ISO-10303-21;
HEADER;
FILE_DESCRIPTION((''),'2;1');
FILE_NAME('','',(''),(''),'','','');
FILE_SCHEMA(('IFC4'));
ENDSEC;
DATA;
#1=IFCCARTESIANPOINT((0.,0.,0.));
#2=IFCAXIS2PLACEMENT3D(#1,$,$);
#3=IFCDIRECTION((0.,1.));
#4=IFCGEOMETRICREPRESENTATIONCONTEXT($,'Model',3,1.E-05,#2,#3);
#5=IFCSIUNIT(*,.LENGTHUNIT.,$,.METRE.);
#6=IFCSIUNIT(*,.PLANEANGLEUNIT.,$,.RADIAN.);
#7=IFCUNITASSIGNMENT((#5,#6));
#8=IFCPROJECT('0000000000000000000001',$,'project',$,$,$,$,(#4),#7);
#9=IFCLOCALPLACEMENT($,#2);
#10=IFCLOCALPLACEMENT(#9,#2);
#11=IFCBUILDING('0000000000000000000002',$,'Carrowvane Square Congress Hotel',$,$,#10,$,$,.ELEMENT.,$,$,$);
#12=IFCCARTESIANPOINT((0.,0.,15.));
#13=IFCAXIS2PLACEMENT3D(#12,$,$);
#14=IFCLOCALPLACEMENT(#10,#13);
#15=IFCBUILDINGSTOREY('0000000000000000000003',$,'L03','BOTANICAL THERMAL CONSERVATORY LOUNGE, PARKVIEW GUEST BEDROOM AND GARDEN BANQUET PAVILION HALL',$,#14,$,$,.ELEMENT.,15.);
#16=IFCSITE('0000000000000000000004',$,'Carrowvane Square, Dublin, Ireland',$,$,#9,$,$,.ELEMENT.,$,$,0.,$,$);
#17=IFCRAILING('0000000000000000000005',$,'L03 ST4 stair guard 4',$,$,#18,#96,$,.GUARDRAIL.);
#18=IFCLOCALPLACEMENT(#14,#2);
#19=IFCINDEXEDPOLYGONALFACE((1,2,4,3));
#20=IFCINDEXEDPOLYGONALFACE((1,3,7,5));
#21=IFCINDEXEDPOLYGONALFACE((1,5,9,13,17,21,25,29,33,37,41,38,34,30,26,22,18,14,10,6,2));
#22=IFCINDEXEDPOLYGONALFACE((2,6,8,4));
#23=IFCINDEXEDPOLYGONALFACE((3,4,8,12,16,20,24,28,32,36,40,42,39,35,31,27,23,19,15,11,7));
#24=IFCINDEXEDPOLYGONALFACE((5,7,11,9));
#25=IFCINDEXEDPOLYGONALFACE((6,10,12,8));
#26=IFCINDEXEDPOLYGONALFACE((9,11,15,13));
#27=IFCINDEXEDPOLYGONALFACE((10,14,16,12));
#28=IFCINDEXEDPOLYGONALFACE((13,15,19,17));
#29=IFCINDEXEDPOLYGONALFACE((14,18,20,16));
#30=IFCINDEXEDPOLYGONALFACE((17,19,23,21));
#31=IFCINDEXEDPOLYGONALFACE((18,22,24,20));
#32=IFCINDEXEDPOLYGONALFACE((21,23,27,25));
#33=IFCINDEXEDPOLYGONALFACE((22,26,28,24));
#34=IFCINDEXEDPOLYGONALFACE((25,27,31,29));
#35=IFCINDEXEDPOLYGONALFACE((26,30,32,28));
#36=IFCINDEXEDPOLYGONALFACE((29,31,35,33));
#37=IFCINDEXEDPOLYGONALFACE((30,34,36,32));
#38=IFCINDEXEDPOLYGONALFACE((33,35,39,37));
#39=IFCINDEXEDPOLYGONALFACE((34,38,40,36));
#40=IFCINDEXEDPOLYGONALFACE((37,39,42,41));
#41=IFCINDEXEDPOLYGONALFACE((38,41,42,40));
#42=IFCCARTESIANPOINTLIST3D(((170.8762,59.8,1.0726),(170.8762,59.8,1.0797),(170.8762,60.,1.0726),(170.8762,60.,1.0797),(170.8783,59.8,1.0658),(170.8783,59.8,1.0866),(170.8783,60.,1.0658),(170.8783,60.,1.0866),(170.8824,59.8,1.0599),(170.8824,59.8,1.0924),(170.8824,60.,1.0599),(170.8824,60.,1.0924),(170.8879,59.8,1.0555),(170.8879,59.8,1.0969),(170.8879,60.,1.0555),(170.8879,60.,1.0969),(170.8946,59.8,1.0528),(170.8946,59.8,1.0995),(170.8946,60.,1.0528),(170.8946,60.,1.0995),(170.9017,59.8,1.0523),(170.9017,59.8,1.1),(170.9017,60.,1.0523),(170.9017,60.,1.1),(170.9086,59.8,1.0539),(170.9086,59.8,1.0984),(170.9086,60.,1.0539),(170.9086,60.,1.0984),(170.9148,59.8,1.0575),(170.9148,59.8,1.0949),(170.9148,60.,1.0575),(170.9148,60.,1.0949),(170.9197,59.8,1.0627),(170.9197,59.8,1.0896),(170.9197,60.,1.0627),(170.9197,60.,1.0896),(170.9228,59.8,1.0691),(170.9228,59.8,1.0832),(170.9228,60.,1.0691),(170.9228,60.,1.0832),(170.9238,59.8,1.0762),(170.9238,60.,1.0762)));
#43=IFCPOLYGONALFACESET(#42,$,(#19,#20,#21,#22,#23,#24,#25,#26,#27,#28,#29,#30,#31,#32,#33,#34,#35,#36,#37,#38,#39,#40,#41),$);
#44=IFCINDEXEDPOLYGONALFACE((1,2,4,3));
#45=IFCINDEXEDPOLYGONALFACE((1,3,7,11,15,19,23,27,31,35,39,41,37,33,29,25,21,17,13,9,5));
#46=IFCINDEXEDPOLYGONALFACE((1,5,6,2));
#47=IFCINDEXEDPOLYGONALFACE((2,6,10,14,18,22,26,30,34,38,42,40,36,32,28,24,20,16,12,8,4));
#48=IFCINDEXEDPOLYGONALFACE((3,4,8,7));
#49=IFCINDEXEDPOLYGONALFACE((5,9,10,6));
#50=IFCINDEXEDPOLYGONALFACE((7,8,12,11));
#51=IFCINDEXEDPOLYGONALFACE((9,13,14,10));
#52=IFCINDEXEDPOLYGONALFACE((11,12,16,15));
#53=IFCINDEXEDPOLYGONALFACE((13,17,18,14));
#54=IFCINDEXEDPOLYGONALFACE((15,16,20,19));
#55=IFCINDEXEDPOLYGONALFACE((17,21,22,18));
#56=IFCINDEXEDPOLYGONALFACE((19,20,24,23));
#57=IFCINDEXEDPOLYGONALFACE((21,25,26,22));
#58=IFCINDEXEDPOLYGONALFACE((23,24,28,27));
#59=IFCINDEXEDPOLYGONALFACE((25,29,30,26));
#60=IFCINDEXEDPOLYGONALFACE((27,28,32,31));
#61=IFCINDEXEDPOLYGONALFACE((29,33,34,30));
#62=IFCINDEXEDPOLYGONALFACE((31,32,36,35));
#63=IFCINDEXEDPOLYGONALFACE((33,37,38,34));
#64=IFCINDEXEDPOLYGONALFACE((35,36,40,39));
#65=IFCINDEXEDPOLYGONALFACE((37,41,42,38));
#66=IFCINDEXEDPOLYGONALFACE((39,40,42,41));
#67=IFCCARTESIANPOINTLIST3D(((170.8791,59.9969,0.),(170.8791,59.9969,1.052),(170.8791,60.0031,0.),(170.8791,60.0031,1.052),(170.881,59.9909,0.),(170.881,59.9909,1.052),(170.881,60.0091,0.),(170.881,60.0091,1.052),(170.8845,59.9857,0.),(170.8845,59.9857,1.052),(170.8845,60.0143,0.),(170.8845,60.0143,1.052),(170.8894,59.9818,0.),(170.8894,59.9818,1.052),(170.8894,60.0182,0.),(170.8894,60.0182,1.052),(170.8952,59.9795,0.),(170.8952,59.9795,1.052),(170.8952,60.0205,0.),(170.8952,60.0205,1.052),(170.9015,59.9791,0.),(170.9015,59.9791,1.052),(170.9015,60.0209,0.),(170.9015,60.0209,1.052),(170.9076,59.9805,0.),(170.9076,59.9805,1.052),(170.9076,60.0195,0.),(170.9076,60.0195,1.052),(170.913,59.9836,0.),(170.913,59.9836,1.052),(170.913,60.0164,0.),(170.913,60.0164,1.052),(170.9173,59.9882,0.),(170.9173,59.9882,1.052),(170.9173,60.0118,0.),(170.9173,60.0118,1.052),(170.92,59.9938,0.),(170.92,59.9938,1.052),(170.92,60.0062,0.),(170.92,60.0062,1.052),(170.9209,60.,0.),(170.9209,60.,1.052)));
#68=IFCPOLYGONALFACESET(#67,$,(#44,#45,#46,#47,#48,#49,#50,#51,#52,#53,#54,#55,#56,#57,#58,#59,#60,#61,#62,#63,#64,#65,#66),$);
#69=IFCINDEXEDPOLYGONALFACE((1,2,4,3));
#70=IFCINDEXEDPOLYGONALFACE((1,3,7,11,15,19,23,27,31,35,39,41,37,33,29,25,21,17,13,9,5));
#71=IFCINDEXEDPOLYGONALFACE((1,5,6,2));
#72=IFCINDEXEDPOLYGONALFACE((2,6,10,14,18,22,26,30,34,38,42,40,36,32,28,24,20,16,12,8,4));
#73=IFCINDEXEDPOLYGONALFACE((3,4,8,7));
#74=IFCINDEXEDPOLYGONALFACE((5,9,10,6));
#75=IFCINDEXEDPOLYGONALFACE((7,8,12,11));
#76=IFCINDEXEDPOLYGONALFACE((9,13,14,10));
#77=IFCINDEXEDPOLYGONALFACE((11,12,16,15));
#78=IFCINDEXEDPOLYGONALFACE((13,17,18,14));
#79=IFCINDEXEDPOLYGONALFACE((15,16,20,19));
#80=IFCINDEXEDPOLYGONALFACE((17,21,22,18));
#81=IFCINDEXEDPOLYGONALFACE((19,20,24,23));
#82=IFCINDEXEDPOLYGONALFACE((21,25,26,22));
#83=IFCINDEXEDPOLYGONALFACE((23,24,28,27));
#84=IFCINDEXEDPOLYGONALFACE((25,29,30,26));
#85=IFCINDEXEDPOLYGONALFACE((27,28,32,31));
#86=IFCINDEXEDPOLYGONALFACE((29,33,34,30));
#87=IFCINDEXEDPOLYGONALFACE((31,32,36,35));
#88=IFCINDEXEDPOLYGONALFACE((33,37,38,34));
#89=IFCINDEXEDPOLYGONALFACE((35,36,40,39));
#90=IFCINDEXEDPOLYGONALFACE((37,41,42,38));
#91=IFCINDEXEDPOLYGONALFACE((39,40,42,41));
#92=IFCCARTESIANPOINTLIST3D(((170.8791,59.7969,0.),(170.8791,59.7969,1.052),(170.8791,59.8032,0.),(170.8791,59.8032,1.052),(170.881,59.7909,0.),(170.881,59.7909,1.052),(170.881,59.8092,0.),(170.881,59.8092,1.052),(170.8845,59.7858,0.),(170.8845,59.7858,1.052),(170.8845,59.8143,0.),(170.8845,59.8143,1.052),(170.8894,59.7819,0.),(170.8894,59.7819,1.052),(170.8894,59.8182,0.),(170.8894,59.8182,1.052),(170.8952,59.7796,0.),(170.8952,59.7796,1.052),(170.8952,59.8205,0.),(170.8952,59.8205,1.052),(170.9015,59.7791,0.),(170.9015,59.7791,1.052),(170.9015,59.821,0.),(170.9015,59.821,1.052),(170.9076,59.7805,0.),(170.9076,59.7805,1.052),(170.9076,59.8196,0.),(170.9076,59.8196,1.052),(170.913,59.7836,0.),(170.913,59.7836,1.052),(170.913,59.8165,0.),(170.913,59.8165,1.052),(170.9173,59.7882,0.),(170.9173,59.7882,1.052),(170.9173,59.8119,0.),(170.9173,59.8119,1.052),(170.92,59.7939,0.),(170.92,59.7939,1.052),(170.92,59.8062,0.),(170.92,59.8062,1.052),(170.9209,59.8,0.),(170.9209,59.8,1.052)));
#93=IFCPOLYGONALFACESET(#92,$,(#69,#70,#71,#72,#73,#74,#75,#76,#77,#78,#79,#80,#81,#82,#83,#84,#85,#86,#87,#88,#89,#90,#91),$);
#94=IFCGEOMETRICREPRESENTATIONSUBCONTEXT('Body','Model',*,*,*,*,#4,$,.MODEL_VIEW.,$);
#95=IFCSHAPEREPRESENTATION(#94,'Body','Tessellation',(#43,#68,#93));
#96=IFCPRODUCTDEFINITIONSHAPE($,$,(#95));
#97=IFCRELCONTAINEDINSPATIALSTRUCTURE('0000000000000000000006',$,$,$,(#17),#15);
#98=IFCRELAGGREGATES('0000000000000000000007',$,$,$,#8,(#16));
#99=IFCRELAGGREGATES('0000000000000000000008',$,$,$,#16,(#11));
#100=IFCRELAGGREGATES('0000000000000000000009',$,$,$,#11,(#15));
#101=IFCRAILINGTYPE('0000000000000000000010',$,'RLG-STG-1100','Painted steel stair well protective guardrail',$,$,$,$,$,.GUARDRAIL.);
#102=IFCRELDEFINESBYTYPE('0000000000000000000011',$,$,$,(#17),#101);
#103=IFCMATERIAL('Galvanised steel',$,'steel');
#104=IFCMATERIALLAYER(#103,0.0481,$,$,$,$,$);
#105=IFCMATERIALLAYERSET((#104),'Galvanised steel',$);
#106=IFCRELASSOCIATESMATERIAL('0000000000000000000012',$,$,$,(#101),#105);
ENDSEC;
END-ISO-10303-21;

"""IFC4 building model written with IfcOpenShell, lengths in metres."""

from ifc_helpers import new_model, si_unit, direction, frame, origin, origin_2d, place, context, subcontext, project, spatial, circle, extrude, material, layer, layer_set, type_object, element, save


model = new_model("IFC4")

# Units and contexts
model_context = context("Model", 3, precision=1e-05, world=origin(), true_north=direction((0.0, 1.0)))
body_context = subcontext(model_context, "Body", "Model", "MODEL_VIEW")
ifc_project = project(units=[si_unit("LENGTHUNIT", "METRE"), si_unit("PLANEANGLEUNIT", "RADIAN")], contexts=[model_context])

# Site, building, storey
site_placement = place(None, origin())
site = spatial("IfcSite", under=ifc_project, at=site_placement, Name="Carrowvane Square, Dublin, Ireland", CompositionType="ELEMENT", RefElevation=0.0)
building_placement = place(site_placement, origin())
building = spatial("IfcBuilding", under=site, at=building_placement, Name="Carrowvane Square Congress Hotel", CompositionType="ELEMENT")
storey_placement = place(building_placement, frame((0.0, 0.0, 15.0)))
storey = spatial("IfcBuildingStorey", under=building, at=storey_placement, Name="L03", Description="BOTANICAL THERMAL CONSERVATORY LOUNGE, PARKVIEW GUEST BEDROOM AND GARDEN BANQUET PAVILION HALL", CompositionType="ELEMENT", Elevation=15.0)

# Railing
ifc_material_1 = material(Name="Galvanised steel", Category="steel")
ifc_layer_1 = layer(ifc_material_1, 0.0481)
ifc_layer_set_1 = layer_set([ifc_layer_1], Name="Galvanised steel")
railing_type_1 = type_object("IfcRailingType", Name="RLG-STG-1100", Description="Painted steel stair well protective guardrail", PredefinedType="GUARDRAIL", material=ifc_layer_set_1)
railing_1_placement = place(storey_placement, frame((170.8999, 60.0, 0.0)))
element("IfcRailing", 1, at=railing_1_placement, inside=storey, type_object=railing_type_1, Name="L03 ST4 stair guard 4", PredefinedType="GUARDRAIL", context=body_context, shape_type="SweptSolid", body=[
    extrude(circle(Radius=0.0239, at=origin_2d()), frame((0.0, 0.0, 1.0762), z_axis=(0.0, -1.0, 0.0), x_axis=(1.0, 0.0, 0.0)), (0.0, 0.0, 1.0), 0.2),
    extrude(circle(Radius=0.021, at=origin_2d()), origin(), (0.0, 0.0, 1.0), 1.052),
    extrude(circle(Radius=0.021, at=origin_2d()), frame((0.0, -0.2, 0.0)), (0.0, 0.0, 1.0), 1.052),
])

save(model, "model.ifc")
